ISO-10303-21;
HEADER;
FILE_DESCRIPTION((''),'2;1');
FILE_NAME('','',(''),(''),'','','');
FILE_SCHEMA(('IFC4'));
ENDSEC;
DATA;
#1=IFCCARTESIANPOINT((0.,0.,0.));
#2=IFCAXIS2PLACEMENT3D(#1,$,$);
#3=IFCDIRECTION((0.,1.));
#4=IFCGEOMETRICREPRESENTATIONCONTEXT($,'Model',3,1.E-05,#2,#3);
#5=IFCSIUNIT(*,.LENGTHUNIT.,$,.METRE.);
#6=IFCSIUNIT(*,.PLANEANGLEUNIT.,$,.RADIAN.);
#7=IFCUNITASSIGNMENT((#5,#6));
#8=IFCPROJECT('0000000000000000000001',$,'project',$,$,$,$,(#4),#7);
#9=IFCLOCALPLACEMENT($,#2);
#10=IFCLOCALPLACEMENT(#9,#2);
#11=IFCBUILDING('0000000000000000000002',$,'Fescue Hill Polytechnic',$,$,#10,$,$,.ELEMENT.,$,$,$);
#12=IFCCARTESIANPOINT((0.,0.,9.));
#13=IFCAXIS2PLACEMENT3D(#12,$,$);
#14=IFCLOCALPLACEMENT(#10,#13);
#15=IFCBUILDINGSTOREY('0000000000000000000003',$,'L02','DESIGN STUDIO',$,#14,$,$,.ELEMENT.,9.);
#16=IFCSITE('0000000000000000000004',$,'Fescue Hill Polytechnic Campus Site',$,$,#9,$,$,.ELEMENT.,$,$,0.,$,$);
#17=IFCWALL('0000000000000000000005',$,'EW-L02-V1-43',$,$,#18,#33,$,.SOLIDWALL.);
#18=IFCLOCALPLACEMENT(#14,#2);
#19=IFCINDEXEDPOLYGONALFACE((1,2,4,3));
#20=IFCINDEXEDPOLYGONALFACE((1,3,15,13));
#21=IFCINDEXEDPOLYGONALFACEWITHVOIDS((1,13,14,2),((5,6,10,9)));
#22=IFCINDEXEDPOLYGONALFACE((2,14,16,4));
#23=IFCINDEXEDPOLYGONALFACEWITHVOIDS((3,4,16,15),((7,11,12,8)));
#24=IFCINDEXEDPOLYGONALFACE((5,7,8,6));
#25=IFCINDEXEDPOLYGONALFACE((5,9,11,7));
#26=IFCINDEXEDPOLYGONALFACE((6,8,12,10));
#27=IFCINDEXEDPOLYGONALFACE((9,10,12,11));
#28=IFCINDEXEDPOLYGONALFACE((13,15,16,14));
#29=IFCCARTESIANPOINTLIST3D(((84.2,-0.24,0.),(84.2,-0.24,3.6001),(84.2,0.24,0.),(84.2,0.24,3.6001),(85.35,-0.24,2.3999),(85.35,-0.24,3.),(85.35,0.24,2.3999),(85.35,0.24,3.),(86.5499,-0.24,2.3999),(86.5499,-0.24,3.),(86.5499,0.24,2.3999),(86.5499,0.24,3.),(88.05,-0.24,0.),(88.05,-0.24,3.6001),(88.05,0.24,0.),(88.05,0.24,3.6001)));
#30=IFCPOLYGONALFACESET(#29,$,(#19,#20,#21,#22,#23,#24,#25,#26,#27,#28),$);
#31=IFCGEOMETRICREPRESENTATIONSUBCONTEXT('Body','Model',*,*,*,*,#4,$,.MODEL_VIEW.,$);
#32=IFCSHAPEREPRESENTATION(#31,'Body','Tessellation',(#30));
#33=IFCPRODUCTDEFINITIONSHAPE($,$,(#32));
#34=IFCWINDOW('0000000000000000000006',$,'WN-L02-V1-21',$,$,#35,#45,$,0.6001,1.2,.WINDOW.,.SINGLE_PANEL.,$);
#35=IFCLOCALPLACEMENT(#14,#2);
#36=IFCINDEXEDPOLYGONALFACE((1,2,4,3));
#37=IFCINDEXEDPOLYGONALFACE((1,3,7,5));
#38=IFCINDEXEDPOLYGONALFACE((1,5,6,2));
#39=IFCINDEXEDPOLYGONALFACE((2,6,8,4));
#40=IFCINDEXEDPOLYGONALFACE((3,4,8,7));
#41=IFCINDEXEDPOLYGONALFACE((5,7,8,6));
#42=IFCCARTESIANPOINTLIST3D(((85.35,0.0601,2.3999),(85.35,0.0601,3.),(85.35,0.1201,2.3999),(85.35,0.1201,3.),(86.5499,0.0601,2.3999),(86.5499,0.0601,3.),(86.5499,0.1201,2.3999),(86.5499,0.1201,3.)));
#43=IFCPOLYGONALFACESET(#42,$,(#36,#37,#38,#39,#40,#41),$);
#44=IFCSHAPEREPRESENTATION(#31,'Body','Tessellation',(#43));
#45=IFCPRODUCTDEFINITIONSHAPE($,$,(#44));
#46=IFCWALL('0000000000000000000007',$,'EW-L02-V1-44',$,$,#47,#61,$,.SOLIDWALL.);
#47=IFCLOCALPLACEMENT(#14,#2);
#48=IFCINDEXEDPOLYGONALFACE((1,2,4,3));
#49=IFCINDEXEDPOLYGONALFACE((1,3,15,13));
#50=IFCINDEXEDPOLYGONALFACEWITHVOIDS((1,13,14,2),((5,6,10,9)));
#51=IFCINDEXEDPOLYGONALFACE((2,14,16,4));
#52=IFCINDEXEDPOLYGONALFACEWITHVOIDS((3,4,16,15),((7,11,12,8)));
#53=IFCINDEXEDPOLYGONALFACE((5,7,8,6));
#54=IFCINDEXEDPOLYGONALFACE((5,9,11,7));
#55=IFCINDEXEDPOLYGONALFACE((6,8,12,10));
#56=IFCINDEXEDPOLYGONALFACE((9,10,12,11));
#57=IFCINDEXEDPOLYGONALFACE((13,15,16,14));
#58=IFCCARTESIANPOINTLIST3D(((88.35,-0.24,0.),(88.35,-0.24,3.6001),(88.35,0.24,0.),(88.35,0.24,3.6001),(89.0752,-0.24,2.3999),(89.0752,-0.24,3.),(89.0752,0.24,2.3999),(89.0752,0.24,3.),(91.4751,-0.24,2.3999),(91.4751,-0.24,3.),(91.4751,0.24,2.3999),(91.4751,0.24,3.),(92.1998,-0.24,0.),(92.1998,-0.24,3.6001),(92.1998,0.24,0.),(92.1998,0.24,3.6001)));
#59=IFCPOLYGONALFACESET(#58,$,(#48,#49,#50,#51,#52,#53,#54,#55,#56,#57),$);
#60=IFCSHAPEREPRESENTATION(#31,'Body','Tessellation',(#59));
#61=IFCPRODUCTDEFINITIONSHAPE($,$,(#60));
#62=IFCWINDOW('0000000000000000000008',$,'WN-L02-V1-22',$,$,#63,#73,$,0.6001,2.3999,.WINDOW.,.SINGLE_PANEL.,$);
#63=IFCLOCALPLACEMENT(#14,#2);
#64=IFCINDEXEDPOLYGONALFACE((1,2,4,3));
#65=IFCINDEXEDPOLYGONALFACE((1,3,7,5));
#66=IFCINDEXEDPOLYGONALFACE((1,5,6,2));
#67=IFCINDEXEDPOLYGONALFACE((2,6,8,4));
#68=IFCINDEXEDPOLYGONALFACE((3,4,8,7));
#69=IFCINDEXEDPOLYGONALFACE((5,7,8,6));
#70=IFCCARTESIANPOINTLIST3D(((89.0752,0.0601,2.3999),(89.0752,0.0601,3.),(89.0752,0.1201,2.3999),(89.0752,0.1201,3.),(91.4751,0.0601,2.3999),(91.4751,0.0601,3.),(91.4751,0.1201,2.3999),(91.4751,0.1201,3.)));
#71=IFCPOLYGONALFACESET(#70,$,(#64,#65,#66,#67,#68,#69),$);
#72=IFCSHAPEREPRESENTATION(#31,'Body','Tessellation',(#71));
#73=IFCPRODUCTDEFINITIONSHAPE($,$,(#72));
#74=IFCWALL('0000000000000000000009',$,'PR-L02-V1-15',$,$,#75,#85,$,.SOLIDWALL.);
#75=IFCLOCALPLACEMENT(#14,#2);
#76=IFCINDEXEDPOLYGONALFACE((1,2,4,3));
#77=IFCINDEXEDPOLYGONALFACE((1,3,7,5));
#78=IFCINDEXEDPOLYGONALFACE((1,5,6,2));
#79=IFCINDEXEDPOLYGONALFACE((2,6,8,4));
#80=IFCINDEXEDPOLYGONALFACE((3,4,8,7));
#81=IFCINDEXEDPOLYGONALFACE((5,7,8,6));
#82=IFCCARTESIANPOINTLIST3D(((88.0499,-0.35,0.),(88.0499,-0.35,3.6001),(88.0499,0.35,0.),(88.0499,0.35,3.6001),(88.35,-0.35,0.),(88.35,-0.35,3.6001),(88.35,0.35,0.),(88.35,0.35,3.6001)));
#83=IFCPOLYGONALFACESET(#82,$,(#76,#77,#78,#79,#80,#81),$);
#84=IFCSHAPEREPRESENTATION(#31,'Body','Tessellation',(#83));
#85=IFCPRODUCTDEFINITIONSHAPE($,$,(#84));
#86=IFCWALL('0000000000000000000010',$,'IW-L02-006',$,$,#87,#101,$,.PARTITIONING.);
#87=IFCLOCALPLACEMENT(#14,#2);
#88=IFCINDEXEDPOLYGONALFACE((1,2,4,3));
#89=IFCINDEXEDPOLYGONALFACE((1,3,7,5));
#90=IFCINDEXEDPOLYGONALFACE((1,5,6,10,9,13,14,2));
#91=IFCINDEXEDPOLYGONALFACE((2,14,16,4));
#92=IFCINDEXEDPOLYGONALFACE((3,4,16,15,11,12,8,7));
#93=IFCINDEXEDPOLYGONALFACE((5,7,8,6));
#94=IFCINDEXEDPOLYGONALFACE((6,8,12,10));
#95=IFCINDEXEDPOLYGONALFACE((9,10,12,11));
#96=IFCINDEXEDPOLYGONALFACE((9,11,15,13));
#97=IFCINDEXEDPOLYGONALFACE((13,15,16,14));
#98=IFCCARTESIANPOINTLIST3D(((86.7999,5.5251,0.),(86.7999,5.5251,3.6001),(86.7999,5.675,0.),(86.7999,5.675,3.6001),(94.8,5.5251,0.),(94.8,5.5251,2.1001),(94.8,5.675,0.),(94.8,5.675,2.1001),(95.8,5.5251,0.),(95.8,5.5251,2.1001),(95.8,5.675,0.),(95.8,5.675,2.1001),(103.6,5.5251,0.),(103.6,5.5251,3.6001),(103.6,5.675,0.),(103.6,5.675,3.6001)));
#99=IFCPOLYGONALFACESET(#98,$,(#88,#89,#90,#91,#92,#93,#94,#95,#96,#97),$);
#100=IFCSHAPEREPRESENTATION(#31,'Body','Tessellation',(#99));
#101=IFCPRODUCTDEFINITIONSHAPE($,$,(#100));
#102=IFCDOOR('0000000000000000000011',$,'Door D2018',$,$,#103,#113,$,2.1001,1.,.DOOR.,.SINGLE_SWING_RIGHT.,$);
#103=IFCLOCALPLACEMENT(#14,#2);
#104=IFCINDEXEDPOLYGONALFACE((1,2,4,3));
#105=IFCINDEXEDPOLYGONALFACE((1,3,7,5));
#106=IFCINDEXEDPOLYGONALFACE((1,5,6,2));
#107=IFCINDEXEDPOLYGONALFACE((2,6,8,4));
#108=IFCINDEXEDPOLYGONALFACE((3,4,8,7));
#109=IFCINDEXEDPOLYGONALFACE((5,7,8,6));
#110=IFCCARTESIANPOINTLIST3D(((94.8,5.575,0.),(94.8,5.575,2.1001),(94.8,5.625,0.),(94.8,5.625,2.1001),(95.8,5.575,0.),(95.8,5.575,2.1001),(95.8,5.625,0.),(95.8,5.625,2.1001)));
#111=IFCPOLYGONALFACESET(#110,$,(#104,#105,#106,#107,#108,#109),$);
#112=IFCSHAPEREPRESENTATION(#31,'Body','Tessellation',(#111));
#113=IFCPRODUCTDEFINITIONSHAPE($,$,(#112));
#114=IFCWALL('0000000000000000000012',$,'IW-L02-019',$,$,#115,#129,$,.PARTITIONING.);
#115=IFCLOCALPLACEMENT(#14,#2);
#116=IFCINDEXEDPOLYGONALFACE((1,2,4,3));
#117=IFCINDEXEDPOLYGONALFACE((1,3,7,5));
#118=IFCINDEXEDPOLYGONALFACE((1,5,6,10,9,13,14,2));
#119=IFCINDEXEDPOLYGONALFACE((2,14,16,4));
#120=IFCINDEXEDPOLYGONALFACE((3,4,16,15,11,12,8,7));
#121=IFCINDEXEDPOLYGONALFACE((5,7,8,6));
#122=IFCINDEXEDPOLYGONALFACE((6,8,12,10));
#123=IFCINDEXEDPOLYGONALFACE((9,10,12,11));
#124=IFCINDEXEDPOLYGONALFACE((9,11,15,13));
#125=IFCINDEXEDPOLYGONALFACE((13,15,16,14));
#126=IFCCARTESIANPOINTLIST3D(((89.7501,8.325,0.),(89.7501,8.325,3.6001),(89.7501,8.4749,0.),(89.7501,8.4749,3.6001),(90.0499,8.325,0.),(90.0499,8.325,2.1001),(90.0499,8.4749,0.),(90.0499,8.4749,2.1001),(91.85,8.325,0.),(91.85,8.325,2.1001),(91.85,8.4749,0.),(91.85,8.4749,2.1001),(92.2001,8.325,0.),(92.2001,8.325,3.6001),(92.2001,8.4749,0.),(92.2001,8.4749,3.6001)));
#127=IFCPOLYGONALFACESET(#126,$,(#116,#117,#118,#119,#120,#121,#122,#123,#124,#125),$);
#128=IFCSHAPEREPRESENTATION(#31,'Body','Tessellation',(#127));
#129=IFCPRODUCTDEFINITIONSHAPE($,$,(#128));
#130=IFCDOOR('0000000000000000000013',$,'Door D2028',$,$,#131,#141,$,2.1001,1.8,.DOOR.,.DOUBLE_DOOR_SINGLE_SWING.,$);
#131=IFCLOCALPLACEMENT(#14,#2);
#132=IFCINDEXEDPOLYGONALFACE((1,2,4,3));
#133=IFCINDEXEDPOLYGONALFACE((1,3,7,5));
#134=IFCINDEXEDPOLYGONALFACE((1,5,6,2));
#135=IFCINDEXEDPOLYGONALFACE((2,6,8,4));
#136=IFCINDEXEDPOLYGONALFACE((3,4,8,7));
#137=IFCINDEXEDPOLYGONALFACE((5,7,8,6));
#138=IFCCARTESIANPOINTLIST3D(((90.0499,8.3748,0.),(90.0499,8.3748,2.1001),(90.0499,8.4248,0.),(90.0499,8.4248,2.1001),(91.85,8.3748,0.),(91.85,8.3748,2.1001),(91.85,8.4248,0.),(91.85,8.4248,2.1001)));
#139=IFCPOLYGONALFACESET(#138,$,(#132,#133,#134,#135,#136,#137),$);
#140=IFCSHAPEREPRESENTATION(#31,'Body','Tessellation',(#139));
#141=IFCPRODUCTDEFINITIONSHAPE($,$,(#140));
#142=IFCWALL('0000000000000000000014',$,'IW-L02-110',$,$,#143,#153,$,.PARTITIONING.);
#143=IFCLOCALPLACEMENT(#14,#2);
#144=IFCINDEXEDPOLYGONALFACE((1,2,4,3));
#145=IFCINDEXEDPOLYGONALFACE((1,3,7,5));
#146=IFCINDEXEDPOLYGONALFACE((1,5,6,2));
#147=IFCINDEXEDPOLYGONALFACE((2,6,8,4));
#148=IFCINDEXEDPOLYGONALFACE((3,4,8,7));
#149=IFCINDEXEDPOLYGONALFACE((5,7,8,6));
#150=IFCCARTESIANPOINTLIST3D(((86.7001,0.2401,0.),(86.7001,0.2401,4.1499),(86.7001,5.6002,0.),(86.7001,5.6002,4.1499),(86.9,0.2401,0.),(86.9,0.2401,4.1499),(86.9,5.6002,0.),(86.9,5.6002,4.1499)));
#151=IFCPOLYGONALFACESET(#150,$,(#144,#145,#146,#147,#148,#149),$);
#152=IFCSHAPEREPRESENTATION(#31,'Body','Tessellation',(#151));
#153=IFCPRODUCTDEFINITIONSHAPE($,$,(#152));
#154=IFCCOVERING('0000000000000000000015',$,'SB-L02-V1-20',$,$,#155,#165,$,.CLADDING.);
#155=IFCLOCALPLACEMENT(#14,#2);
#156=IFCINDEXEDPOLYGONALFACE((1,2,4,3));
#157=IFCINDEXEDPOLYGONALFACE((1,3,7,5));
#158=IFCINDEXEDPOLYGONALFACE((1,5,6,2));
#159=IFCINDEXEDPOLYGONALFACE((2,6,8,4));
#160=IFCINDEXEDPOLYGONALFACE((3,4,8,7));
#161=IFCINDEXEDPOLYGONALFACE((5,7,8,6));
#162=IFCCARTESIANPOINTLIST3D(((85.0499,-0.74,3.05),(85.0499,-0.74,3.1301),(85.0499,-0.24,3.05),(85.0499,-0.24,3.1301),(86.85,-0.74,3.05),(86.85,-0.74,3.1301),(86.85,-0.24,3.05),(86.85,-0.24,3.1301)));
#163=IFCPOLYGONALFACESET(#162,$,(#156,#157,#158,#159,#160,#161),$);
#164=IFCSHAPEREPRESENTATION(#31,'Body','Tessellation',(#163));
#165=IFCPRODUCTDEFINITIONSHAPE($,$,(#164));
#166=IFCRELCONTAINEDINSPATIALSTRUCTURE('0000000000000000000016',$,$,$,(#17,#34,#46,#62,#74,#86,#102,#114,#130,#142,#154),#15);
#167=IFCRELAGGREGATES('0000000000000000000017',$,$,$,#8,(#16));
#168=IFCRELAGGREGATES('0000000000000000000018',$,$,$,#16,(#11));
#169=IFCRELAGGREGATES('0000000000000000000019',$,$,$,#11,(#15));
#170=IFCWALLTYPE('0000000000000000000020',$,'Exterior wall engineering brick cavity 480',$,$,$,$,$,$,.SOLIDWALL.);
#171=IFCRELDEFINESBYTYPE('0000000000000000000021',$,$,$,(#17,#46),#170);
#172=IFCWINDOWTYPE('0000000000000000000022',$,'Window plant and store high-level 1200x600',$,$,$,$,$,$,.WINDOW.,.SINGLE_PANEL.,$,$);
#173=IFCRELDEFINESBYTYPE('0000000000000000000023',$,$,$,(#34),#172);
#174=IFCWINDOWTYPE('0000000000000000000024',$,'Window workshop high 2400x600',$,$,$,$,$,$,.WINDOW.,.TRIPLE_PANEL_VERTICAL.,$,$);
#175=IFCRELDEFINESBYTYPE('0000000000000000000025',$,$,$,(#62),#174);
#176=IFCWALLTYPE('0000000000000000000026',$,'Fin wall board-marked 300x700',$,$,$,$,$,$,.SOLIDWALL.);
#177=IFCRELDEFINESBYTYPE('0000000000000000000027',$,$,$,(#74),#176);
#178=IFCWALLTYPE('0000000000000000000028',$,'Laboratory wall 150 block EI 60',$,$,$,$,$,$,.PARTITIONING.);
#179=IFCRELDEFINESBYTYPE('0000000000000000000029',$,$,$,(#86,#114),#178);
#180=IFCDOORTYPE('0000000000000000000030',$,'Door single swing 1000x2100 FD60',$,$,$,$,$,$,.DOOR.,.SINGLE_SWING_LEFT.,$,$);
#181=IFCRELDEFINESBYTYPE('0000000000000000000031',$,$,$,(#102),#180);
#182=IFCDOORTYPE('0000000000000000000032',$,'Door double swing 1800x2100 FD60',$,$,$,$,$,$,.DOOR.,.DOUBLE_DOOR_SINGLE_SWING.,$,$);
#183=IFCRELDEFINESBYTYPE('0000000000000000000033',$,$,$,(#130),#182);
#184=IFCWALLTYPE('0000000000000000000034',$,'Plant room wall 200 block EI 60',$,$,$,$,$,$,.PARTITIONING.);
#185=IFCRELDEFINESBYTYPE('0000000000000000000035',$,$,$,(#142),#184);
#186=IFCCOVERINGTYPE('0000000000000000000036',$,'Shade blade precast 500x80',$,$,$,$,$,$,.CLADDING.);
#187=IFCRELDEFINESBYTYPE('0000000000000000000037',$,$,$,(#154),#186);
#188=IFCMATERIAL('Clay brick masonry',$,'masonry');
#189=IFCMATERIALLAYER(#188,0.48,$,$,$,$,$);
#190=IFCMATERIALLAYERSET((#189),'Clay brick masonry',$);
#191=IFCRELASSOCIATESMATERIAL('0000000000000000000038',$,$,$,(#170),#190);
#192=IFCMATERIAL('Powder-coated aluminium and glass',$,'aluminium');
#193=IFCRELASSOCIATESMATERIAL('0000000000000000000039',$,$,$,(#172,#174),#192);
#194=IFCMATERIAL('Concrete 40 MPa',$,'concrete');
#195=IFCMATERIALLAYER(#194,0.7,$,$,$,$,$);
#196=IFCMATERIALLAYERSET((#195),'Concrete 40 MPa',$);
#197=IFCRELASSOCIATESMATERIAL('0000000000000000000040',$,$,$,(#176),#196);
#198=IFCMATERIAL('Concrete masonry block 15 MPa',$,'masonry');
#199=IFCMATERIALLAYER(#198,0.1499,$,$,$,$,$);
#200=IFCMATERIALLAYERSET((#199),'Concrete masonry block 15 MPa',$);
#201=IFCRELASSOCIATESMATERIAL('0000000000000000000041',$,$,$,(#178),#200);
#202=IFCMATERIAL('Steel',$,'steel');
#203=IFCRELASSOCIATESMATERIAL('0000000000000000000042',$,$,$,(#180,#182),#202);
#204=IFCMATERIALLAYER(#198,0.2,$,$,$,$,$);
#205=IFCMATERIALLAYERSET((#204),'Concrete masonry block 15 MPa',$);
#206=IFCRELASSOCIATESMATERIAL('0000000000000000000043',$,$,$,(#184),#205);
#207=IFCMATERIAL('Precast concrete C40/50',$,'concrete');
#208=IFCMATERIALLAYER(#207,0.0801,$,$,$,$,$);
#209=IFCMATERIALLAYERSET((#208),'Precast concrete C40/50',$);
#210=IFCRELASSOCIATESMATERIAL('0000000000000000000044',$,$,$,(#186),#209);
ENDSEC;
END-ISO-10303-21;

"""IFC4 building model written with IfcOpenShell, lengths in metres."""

from ifc_helpers import new_model, si_unit, direction, frame, frame_2d, origin, origin_2d, place, context, subcontext, project, spatial, rectangle, extrude, material, layer, layer_set, type_object, element, fill, save


model = new_model("IFC4")

# Units and contexts
model_context = context("Model", 3, precision=1e-05, world=origin(), true_north=direction((0.0, 1.0)))
body_context = subcontext(model_context, "Body", "Model", "MODEL_VIEW")
ifc_project = project(units=[si_unit("LENGTHUNIT", "METRE"), si_unit("PLANEANGLEUNIT", "RADIAN")], contexts=[model_context])

# Site, building, storey
site_placement = place(None, origin())
site = spatial("IfcSite", under=ifc_project, at=site_placement, Name="Fescue Hill Polytechnic Campus Site", CompositionType="ELEMENT", RefElevation=0.0)
building_placement = place(site_placement, origin())
building = spatial("IfcBuilding", under=site, at=building_placement, Name="Fescue Hill Polytechnic", CompositionType="ELEMENT")
storey_placement = place(building_placement, frame((0.0, 0.0, 9.0)))
storey = spatial("IfcBuildingStorey", under=building, at=storey_placement, Name="L02", Description="DESIGN STUDIO", CompositionType="ELEMENT", Elevation=9.0)

# Shared definitions
ifc_material_1 = material(Name="Concrete 40 MPa", Category="concrete")

# Walls, openings, windows
ifc_material_2 = material(Name="Clay brick masonry", Category="masonry")
ifc_layer_1 = layer(ifc_material_2, 0.48)
ifc_layer_set_1 = layer_set([ifc_layer_1], Name="Clay brick masonry")
wall_type_1 = type_object("IfcWallType", Name="Exterior wall engineering brick cavity 480", PredefinedType="SOLIDWALL", material=ifc_layer_set_1)
wall_1_placement = place(storey_placement, frame((84.2, 0.0, 0.0), z_axis=(0.0, 0.0, 1.0), x_axis=(1.0, 0.0, 0.0)))
wall_1 = element("IfcWall", 1, at=wall_1_placement, inside=storey, type_object=wall_type_1, Name="EW-L02-V1-43", PredefinedType="SOLIDWALL", context=body_context, shape_type="SweptSolid", body=[
    extrude(rectangle(XDim=3.8501, YDim=0.48, at=frame_2d((1.925, 0.0))), origin(), (0.0, 0.0, 1.0), 3.6001),
])
opening_1_placement = place(wall_1_placement, frame((1.1499, 0.0, 2.3999)))
opening_1 = element("IfcOpeningElement", 2, at=opening_1_placement, cuts=wall_1, PredefinedType="OPENING", context=body_context, shape_type="SweptSolid", body=[
    extrude(rectangle(XDim=1.2, YDim=0.6001, at=frame_2d((0.6001, 0.3))), frame((0.0, 0.25, 0.0), z_axis=(0.0, -1.0, 0.0), x_axis=(1.0, 0.0, 0.0)), (0.0, 0.0, 1.0), 0.5),
])
ifc_material_3 = material(Name="Powder-coated aluminium and glass", Category="aluminium")
window_type_1 = type_object("IfcWindowType", Name="Window plant and store high-level 1200x600", PartitioningType="SINGLE_PANEL", PredefinedType="WINDOW", material=ifc_material_3)
window_1_placement = place(opening_1_placement, origin())
window_1 = element("IfcWindow", 3, at=window_1_placement, inside=storey, type_object=window_type_1, Name="WN-L02-V1-21", OverallHeight=0.6001, OverallWidth=1.2, PartitioningType="SINGLE_PANEL", PredefinedType="WINDOW", context=body_context, shape_type="SweptSolid", body=[
    extrude(rectangle(XDim=1.2, YDim=0.6001, at=frame_2d((0.6001, 0.3))), frame((0.0, 0.1201, 0.0), z_axis=(0.0, -1.0, 0.0), x_axis=(1.0, 0.0, 0.0)), (0.0, 0.0, 1.0), 0.0601),
])
fill(opening_1, window_1)
wall_2_placement = place(storey_placement, frame((88.3501, 0.0, 0.0), z_axis=(0.0, 0.0, 1.0), x_axis=(1.0, 0.0, 0.0)))
wall_2 = element("IfcWall", 4, at=wall_2_placement, inside=storey, type_object=wall_type_1, Name="EW-L02-V1-44", PredefinedType="SOLIDWALL", context=body_context, shape_type="SweptSolid", body=[
    extrude(rectangle(XDim=3.8499, YDim=0.48, at=frame_2d((1.9248, 0.0))), origin(), (0.0, 0.0, 1.0), 3.6001),
])
opening_2_placement = place(wall_2_placement, frame((0.7251, 0.0, 2.3999)))
opening_2 = element("IfcOpeningElement", 5, at=opening_2_placement, cuts=wall_2, PredefinedType="OPENING", context=body_context, shape_type="SweptSolid", body=[
    extrude(rectangle(XDim=2.3999, YDim=0.6001, at=frame_2d((1.2, 0.3))), frame((0.0, 0.25, 0.0), z_axis=(0.0, -1.0, 0.0), x_axis=(1.0, 0.0, 0.0)), (0.0, 0.0, 1.0), 0.5),
])
window_type_2 = type_object("IfcWindowType", Name="Window workshop high 2400x600", PartitioningType="TRIPLE_PANEL_VERTICAL", PredefinedType="WINDOW", material=ifc_material_3)
window_2_placement = place(opening_2_placement, origin())
window_2 = element("IfcWindow", 6, at=window_2_placement, inside=storey, type_object=window_type_2, Name="WN-L02-V1-22", OverallHeight=0.6001, OverallWidth=2.3999, PartitioningType="SINGLE_PANEL", PredefinedType="WINDOW", context=body_context, shape_type="SweptSolid", body=[
    extrude(rectangle(XDim=2.3999, YDim=0.6001, at=frame_2d((1.2, 0.3))), frame((0.0, 0.1201, 0.0), z_axis=(0.0, -1.0, 0.0), x_axis=(1.0, 0.0, 0.0)), (0.0, 0.0, 1.0), 0.0601),
])
fill(opening_2, window_2)

# Wall
ifc_layer_2 = layer(ifc_material_1, 0.7)
ifc_layer_set_2 = layer_set([ifc_layer_2], Name="Concrete 40 MPa")
wall_type_2 = type_object("IfcWallType", Name="Fin wall board-marked 300x700", PredefinedType="SOLIDWALL", material=ifc_layer_set_2)
wall_3_placement = place(storey_placement, frame((88.05, 0.0, 0.0), z_axis=(0.0, 0.0, 1.0), x_axis=(1.0, 0.0, 0.0)))
element("IfcWall", 7, at=wall_3_placement, inside=storey, type_object=wall_type_2, Name="PR-L02-V1-15", PredefinedType="SOLIDWALL", context=body_context, shape_type="SweptSolid", body=[
    extrude(rectangle(XDim=0.3, YDim=0.7, at=frame_2d((0.1499, 0.0))), origin(), (0.0, 0.0, 1.0), 3.6001),
])

# Walls, openings, doors
ifc_material_4 = material(Name="Concrete masonry block 15 MPa", Category="masonry")
ifc_layer_3 = layer(ifc_material_4, 0.1499)
ifc_layer_set_3 = layer_set([ifc_layer_3], Name="Concrete masonry block 15 MPa")
wall_type_3 = type_object("IfcWallType", Name="Laboratory wall 150 block EI 60", PredefinedType="PARTITIONING", material=ifc_layer_set_3)
wall_4_placement = place(storey_placement, frame((86.8, 5.6001, 0.0), z_axis=(0.0, 0.0, 1.0), x_axis=(1.0, 0.0, 0.0)))
wall_4 = element("IfcWall", 8, at=wall_4_placement, inside=storey, type_object=wall_type_3, Name="IW-L02-006", PredefinedType="PARTITIONING", context=body_context, shape_type="SweptSolid", body=[
    extrude(rectangle(XDim=16.8, YDim=0.1499, at=frame_2d((8.3999, 0.0))), origin(), (0.0, 0.0, 1.0), 3.6001),
])
opening_3_placement = place(wall_4_placement, frame((8.0, 0.0, 0.0)))
opening_3 = element("IfcOpeningElement", 9, at=opening_3_placement, cuts=wall_4, PredefinedType="OPENING", context=body_context, shape_type="SweptSolid", body=[
    extrude(rectangle(XDim=1.0, YDim=2.1001, at=frame_2d((0.5, 1.05))), frame((0.0, 0.085, 0.0), z_axis=(0.0, -1.0, 0.0), x_axis=(1.0, 0.0, 0.0)), (0.0, 0.0, 1.0), 0.1699),
])
ifc_material_5 = material(Name="Steel", Category="steel")
door_type_1 = type_object("IfcDoorType", Name="Door single swing 1000x2100 FD60", OperationType="SINGLE_SWING_LEFT", PredefinedType="DOOR", material=ifc_material_5)
door_1_placement = place(opening_3_placement, origin())
door_1 = element("IfcDoor", 10, at=door_1_placement, inside=storey, type_object=door_type_1, Name="Door D2018", OperationType="SINGLE_SWING_RIGHT", OverallHeight=2.1001, OverallWidth=1.0, PredefinedType="DOOR", context=body_context, shape_type="SweptSolid", body=[
    extrude(rectangle(XDim=1.0, YDim=2.1001, at=frame_2d((0.5, 1.05))), frame((0.0, 0.0249, 0.0), z_axis=(0.0, -1.0, 0.0), x_axis=(1.0, 0.0, 0.0)), (0.0, 0.0, 1.0), 0.05),
])
fill(opening_3, door_1)
wall_5_placement = place(storey_placement, frame((89.75, 8.3999, 0.0), z_axis=(0.0, 0.0, 1.0), x_axis=(1.0, 0.0, 0.0)))
wall_5 = element("IfcWall", 11, at=wall_5_placement, inside=storey, type_object=wall_type_3, Name="IW-L02-019", PredefinedType="PARTITIONING", context=body_context, shape_type="SweptSolid", body=[
    extrude(rectangle(XDim=2.45, YDim=0.1499, at=frame_2d((1.2251, 0.0))), origin(), (0.0, 0.0, 1.0), 3.6001),
])
opening_4_placement = place(wall_5_placement, frame((0.3, 0.0, 0.0)))
opening_4 = element("IfcOpeningElement", 12, at=opening_4_placement, cuts=wall_5, PredefinedType="OPENING", context=body_context, shape_type="SweptSolid", body=[
    extrude(rectangle(XDim=1.8, YDim=2.1001, at=frame_2d((0.8999, 1.05))), frame((0.0, 0.085, 0.0), z_axis=(0.0, -1.0, 0.0), x_axis=(1.0, 0.0, 0.0)), (0.0, 0.0, 1.0), 0.1699),
])
door_type_2 = type_object("IfcDoorType", Name="Door double swing 1800x2100 FD60", OperationType="DOUBLE_DOOR_SINGLE_SWING", PredefinedType="DOOR", material=ifc_material_5)
door_2_placement = place(opening_4_placement, origin())
door_2 = element("IfcDoor", 13, at=door_2_placement, inside=storey, type_object=door_type_2, Name="Door D2028", OperationType="DOUBLE_DOOR_SINGLE_SWING", OverallHeight=2.1001, OverallWidth=1.8, PredefinedType="DOOR", context=body_context, shape_type="SweptSolid", body=[
    extrude(rectangle(XDim=1.8, YDim=2.1001, at=frame_2d((0.8999, 1.05))), frame((0.0, 0.0249, 0.0), z_axis=(0.0, -1.0, 0.0), x_axis=(1.0, 0.0, 0.0)), (0.0, 0.0, 1.0), 0.05),
])
fill(opening_4, door_2)

# Wall
ifc_layer_4 = layer(ifc_material_4, 0.2)
ifc_layer_set_4 = layer_set([ifc_layer_4], Name="Concrete masonry block 15 MPa")
wall_type_4 = type_object("IfcWallType", Name="Plant room wall 200 block EI 60", PredefinedType="PARTITIONING", material=ifc_layer_set_4)
wall_6_placement = place(storey_placement, frame((86.8, 0.24, 0.0), z_axis=(0.0, 0.0, 1.0), x_axis=(0.0, 1.0, 0.0)))
element("IfcWall", 14, at=wall_6_placement, inside=storey, type_object=wall_type_4, Name="IW-L02-110", PredefinedType="PARTITIONING", context=body_context, shape_type="SweptSolid", body=[
    extrude(rectangle(XDim=5.3601, YDim=0.2, at=frame_2d((2.6802, 0.0))), origin(), (0.0, 0.0, 1.0), 4.1499),
])

# Covering
ifc_material_6 = material(Name="Precast concrete C40/50", Category="concrete")
ifc_layer_5 = layer(ifc_material_6, 0.0801)
ifc_layer_set_5 = layer_set([ifc_layer_5], Name="Precast concrete C40/50")
covering_type = type_object("IfcCoveringType", Name="Shade blade precast 500x80", PredefinedType="CLADDING", material=ifc_layer_set_5)
covering_1_placement = place(storey_placement, frame((85.95, -0.49, 3.05), z_axis=(0.0, 0.0, 1.0), x_axis=(1.0, 0.0, 0.0)))
element("IfcCovering", 15, at=covering_1_placement, inside=storey, type_object=covering_type, Name="SB-L02-V1-20", PredefinedType="CLADDING", context=body_context, shape_type="SweptSolid", body=[
    extrude(rectangle(XDim=1.8, YDim=0.5, at=origin_2d()), origin(), (0.0, 0.0, 1.0), 0.0801),
])

save(model, "model.ifc")
